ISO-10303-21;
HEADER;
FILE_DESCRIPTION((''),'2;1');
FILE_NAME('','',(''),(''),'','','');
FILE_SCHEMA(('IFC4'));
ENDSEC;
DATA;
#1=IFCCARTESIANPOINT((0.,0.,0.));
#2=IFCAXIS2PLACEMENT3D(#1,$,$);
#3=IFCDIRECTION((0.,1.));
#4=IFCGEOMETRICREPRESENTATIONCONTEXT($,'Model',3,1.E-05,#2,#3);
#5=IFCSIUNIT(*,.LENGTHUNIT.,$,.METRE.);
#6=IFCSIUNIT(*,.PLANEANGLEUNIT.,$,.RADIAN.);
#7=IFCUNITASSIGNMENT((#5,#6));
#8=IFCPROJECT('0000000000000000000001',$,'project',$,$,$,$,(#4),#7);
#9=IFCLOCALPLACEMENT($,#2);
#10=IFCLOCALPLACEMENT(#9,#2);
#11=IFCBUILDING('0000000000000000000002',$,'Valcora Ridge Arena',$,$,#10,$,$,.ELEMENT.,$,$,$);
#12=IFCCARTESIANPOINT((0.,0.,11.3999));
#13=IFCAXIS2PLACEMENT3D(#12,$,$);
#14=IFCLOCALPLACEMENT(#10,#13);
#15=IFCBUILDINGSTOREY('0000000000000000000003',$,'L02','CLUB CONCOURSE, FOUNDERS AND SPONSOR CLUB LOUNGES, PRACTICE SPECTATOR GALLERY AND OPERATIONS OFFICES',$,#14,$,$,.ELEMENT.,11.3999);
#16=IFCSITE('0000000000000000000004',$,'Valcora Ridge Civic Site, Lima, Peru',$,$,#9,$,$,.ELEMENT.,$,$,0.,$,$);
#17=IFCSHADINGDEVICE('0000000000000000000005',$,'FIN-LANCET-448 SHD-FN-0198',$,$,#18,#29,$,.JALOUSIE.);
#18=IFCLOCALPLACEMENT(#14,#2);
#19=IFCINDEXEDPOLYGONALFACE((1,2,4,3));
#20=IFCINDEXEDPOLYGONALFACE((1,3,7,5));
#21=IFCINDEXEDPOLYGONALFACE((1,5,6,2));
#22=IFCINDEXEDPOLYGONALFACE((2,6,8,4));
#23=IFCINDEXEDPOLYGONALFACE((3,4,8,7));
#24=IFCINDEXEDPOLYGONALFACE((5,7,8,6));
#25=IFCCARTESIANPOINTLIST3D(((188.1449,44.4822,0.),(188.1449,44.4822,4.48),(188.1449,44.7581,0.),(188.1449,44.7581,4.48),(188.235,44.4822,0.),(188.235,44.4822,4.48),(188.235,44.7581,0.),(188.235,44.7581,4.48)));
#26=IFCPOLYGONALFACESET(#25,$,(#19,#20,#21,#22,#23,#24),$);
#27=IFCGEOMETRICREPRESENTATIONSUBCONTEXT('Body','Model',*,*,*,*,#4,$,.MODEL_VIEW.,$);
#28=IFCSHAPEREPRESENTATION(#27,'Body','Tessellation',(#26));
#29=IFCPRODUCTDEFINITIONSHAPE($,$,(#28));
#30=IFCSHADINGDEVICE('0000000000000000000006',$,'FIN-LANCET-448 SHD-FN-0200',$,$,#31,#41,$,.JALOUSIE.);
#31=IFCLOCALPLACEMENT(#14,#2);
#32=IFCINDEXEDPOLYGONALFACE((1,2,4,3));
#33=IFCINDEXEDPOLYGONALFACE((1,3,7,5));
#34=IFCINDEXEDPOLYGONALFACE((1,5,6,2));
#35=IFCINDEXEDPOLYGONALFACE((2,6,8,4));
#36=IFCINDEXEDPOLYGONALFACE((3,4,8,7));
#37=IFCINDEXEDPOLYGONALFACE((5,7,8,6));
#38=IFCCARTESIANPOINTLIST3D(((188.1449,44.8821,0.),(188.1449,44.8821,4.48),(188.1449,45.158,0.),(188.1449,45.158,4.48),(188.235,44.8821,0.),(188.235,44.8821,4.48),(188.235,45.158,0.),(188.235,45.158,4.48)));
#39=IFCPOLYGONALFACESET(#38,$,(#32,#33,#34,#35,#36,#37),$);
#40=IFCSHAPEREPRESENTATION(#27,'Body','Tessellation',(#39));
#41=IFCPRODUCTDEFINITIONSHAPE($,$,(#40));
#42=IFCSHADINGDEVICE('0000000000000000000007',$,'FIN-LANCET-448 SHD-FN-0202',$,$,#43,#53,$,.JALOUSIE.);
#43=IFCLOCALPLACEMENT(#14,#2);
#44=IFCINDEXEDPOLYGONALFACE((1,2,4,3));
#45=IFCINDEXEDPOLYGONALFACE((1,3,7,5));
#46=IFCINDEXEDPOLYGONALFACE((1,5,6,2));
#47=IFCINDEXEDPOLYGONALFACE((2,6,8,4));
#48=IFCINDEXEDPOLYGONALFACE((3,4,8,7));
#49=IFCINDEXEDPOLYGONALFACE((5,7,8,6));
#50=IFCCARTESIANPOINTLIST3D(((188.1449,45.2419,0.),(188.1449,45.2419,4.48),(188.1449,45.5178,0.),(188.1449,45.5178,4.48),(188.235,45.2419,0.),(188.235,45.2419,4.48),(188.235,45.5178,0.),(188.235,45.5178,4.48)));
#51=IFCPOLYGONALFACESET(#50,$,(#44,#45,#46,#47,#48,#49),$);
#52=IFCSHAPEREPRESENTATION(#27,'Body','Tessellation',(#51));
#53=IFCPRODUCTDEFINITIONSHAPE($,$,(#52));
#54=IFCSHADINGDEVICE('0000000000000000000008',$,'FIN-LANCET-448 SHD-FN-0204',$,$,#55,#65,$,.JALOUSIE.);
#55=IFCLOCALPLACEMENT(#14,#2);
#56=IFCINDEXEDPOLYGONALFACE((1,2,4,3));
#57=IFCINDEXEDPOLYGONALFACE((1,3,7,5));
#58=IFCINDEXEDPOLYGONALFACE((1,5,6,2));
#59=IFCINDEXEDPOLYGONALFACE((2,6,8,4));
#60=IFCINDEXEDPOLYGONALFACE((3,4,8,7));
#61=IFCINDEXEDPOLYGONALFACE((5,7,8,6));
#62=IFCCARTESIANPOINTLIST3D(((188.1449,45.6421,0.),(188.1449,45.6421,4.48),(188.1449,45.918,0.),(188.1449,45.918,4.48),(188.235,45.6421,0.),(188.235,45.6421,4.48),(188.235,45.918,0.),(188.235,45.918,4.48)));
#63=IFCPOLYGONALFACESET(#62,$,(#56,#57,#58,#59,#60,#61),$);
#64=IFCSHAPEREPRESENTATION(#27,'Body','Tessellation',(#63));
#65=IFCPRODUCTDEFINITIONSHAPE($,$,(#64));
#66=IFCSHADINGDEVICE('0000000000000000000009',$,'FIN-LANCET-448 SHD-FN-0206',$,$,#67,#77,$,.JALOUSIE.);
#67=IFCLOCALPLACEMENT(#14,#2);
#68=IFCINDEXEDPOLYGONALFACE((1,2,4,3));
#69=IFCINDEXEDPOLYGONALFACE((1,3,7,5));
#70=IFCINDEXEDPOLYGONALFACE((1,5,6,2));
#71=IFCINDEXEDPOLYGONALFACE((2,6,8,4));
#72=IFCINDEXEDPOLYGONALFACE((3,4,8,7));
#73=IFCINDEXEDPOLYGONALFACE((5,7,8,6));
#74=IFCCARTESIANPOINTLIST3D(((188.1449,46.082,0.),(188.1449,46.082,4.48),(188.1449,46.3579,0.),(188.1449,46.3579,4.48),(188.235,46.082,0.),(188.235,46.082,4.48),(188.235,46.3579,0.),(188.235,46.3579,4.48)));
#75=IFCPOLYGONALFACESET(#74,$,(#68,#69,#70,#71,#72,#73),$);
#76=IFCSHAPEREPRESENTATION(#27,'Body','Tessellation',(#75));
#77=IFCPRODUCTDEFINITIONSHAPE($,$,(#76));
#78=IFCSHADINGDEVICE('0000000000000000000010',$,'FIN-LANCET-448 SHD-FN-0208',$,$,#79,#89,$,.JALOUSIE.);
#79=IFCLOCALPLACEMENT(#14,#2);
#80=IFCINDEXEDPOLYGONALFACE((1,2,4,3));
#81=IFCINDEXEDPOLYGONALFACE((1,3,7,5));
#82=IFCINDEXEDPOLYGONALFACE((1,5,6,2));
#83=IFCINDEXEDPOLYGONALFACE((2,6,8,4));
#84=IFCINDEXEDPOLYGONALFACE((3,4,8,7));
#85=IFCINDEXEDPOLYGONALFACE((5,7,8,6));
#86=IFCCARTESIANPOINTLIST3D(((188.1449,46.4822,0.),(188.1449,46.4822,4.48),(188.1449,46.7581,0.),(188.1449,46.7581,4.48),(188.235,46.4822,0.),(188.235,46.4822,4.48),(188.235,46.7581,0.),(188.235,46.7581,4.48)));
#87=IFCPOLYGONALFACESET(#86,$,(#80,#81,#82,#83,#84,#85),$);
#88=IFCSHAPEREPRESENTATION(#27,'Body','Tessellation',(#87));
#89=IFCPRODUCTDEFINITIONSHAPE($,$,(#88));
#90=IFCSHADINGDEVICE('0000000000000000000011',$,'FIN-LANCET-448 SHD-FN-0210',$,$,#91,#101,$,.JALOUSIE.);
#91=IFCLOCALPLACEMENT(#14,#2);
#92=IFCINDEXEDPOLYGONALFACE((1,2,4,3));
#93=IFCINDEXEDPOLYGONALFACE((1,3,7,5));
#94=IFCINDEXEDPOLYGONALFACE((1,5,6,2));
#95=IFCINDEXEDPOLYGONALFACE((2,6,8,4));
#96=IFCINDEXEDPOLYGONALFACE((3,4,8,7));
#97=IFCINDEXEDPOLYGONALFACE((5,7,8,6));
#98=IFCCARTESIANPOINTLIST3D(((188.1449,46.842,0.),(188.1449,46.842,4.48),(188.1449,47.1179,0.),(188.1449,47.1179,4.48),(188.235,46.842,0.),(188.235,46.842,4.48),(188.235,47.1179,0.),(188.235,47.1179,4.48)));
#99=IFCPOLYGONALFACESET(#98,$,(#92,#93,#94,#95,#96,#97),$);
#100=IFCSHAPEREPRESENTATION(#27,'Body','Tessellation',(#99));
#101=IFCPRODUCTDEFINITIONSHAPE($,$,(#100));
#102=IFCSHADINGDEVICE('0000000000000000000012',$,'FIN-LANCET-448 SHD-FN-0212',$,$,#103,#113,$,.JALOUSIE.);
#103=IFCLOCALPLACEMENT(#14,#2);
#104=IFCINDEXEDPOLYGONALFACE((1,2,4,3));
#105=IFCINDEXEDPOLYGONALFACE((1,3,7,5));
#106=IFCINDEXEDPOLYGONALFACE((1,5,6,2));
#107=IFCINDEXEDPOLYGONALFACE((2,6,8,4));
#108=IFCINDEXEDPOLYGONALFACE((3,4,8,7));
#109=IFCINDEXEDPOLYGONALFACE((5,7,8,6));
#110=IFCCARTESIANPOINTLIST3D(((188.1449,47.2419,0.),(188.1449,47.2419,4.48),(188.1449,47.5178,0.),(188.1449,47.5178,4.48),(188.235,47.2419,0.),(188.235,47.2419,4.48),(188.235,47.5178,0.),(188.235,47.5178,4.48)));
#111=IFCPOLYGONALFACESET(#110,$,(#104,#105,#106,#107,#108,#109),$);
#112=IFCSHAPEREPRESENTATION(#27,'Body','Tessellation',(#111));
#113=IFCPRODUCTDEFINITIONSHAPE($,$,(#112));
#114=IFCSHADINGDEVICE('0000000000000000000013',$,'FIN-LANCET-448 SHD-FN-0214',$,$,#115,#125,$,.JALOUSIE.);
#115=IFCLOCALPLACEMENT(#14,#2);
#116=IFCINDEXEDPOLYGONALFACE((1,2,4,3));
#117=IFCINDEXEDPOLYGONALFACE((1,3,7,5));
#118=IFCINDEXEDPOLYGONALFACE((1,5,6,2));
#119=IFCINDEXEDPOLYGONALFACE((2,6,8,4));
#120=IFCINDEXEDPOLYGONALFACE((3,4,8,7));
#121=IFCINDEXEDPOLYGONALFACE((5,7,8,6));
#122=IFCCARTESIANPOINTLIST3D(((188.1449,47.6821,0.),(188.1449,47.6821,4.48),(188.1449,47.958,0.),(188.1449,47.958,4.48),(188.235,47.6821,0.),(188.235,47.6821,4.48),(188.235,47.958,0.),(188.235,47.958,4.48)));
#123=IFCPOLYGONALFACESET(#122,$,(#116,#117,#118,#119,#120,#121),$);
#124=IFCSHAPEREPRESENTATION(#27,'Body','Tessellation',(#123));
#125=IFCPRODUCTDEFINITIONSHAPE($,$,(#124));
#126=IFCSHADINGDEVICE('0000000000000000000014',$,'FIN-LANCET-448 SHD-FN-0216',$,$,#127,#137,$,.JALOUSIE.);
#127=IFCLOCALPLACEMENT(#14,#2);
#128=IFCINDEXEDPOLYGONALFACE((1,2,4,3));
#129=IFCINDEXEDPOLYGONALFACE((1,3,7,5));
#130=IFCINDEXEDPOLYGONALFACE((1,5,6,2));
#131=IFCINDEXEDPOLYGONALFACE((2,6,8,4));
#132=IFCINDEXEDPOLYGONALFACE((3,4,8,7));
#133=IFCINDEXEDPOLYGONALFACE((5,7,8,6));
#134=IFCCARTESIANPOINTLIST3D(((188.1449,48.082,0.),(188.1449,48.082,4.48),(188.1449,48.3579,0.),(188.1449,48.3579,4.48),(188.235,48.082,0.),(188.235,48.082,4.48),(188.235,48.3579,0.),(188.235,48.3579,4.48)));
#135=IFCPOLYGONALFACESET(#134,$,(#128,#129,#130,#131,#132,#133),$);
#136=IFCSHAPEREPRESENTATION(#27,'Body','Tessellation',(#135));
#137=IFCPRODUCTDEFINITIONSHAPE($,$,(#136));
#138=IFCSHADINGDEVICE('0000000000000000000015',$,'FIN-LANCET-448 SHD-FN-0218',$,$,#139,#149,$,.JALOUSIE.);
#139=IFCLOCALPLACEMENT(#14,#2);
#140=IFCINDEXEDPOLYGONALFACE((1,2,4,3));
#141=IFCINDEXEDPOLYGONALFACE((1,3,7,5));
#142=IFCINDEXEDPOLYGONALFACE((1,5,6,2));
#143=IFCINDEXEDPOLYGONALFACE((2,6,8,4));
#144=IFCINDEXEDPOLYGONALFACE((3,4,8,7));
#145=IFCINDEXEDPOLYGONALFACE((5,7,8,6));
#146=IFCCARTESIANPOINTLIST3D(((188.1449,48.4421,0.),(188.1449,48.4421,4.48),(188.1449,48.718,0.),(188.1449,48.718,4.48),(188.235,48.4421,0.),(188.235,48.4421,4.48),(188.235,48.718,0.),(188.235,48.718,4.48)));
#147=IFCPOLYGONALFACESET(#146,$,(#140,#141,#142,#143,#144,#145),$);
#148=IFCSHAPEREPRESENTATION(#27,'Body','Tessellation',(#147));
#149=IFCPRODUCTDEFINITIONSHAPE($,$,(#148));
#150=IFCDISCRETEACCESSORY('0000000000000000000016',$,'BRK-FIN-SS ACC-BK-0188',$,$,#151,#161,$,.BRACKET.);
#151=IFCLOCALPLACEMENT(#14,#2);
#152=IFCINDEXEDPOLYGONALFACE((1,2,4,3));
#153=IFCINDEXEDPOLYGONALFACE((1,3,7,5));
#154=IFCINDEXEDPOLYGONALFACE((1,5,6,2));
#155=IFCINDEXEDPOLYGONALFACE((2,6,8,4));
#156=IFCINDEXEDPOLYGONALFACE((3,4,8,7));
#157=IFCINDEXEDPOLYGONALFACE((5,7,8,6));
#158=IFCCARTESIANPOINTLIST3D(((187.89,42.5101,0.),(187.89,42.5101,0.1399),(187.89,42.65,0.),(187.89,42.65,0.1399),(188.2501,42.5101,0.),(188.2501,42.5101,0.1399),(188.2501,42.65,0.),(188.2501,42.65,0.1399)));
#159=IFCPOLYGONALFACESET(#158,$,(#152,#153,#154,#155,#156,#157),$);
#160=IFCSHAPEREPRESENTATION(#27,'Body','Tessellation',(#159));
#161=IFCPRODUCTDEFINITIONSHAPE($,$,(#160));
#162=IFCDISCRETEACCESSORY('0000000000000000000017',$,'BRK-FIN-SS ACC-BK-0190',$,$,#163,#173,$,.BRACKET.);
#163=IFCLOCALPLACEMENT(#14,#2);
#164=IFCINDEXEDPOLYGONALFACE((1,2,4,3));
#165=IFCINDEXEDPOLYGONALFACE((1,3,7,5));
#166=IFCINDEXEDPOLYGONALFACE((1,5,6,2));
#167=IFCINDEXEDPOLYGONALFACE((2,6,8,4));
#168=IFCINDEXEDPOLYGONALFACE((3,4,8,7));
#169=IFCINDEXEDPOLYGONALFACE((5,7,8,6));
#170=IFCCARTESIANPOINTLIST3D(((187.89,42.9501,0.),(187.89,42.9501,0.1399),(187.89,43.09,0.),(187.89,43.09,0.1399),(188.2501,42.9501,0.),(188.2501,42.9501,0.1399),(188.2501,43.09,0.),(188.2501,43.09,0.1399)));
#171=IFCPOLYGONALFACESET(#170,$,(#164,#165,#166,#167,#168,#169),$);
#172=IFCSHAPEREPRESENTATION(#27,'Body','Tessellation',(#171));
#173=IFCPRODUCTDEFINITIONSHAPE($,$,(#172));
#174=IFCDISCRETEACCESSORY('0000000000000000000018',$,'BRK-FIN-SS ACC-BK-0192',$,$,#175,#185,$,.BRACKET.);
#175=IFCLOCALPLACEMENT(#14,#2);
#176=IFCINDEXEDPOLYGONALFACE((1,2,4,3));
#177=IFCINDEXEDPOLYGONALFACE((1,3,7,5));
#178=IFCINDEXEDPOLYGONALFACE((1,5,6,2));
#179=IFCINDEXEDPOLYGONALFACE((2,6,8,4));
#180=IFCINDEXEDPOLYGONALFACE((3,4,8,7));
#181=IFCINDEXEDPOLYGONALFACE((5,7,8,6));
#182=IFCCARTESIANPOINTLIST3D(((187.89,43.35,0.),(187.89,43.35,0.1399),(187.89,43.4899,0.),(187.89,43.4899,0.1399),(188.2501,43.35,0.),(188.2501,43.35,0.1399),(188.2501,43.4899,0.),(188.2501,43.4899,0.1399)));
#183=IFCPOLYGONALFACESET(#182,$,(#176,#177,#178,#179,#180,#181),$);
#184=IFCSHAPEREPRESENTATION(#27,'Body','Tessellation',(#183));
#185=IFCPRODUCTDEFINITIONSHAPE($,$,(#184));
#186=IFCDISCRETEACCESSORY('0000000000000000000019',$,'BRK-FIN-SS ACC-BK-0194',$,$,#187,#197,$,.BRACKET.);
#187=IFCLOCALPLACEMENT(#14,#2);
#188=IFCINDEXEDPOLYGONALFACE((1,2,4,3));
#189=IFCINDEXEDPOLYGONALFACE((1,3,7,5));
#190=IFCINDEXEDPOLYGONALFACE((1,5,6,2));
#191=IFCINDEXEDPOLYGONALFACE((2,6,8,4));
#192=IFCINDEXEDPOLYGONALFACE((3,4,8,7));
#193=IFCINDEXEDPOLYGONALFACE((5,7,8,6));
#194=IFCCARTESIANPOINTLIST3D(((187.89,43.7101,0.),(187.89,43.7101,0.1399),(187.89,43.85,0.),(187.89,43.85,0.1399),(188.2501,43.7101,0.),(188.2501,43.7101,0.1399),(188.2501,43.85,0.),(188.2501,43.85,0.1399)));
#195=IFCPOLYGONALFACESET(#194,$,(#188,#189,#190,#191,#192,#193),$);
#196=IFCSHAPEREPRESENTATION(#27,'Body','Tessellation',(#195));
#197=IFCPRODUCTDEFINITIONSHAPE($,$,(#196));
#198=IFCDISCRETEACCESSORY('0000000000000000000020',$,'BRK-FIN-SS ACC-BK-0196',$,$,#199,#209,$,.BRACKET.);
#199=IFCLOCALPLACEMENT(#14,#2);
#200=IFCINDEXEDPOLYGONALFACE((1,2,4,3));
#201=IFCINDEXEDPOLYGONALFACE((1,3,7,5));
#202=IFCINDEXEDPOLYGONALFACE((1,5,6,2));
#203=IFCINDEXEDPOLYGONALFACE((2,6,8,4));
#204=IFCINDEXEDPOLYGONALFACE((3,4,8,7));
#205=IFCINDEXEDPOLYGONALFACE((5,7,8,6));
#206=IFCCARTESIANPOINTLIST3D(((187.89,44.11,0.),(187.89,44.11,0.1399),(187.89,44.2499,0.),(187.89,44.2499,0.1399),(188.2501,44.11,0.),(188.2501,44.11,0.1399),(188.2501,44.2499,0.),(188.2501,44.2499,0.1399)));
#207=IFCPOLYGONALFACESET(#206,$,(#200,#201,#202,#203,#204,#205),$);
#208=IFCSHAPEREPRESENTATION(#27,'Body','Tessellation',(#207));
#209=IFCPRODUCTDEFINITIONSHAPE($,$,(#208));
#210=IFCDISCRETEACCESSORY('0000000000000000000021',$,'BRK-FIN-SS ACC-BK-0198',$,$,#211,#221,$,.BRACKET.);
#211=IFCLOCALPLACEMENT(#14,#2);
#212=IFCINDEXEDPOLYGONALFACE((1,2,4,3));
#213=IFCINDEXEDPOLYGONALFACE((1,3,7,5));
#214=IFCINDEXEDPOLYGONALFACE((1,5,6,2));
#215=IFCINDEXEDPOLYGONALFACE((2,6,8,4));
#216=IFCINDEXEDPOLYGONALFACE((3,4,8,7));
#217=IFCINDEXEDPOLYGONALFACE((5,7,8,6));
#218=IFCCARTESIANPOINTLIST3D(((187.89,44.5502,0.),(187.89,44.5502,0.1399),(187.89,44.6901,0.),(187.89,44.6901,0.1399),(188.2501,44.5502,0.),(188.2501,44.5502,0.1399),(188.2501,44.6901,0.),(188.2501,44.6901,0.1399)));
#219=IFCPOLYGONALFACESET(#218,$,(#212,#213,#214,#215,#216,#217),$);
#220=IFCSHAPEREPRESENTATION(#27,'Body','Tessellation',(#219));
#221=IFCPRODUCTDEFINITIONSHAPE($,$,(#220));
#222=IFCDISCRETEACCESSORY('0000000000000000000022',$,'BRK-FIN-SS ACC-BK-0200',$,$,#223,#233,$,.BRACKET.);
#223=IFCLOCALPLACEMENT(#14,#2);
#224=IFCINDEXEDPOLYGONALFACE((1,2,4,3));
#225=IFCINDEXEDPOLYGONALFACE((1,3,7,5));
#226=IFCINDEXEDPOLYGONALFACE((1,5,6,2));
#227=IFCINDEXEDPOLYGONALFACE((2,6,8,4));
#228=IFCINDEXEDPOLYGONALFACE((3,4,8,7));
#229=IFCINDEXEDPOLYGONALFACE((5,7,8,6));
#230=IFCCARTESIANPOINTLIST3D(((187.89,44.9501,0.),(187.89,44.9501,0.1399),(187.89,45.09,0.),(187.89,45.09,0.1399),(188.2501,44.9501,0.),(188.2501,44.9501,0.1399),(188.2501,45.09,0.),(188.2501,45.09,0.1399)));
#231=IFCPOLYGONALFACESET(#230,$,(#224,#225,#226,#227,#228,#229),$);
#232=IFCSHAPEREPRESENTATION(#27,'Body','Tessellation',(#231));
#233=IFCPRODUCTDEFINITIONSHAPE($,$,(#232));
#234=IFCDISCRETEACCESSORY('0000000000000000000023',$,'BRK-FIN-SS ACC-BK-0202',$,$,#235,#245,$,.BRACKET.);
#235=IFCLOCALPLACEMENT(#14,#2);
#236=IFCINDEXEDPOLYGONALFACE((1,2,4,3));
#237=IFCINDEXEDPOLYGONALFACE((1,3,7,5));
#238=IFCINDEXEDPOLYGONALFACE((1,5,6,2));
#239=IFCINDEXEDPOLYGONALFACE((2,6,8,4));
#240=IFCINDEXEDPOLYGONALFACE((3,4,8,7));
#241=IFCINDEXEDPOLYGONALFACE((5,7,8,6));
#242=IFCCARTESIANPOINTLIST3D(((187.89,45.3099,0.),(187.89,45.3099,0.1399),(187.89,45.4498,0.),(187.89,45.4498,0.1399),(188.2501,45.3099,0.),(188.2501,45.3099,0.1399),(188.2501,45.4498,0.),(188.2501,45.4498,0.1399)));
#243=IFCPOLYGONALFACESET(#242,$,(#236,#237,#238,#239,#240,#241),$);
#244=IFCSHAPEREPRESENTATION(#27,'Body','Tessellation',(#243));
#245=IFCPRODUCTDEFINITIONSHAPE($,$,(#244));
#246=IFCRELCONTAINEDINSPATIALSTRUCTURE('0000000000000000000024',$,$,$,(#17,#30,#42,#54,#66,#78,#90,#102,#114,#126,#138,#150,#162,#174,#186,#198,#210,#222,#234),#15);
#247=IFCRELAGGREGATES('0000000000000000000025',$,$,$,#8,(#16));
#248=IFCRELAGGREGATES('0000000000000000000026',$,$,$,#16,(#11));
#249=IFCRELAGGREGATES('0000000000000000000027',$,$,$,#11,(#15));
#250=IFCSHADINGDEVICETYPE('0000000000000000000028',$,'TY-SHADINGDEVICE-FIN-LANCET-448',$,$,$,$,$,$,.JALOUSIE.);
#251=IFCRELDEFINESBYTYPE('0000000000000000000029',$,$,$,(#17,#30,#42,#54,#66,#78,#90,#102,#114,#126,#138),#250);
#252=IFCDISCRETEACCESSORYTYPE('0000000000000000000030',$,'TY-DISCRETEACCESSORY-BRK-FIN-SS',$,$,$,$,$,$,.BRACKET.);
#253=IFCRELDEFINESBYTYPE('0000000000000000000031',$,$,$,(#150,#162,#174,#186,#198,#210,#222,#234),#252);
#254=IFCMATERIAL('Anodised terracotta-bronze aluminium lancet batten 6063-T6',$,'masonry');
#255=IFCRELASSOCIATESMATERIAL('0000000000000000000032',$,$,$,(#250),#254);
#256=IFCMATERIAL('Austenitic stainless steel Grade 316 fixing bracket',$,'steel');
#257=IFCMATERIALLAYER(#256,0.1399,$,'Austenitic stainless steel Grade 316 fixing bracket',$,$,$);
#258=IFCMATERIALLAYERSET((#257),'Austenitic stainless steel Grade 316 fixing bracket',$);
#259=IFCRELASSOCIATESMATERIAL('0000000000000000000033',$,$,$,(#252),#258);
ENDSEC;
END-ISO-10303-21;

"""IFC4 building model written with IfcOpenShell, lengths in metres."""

from ifc_helpers import new_model, si_unit, direction, frame, origin, origin_2d, place, context, subcontext, project, spatial, rectangle, extrude, material, layer, layer_set, material_profile, profile_set, type_object, element, save


model = new_model("IFC4")

# Units and contexts
model_context = context("Model", 3, precision=1e-05, world=origin(), true_north=direction((0.0, 1.0)))
body_context = subcontext(model_context, "Body", "Model", "MODEL_VIEW")
ifc_project = project(units=[si_unit("LENGTHUNIT", "METRE"), si_unit("PLANEANGLEUNIT", "RADIAN")], contexts=[model_context])

# Site, building, storey
site_placement = place(None, origin())
site = spatial("IfcSite", under=ifc_project, at=site_placement, Name="Valcora Ridge Civic Site, Lima, Peru", CompositionType="ELEMENT", RefElevation=0.0)
building_placement = place(site_placement, origin())
building = spatial("IfcBuilding", under=site, at=building_placement, Name="Valcora Ridge Arena", CompositionType="ELEMENT")
storey_placement = place(building_placement, frame((0.0, 0.0, 11.3999)))
storey = spatial("IfcBuildingStorey", under=building, at=storey_placement, Name="L02", Description="CLUB CONCOURSE, FOUNDERS AND SPONSOR CLUB LOUNGES, PRACTICE SPECTATOR GALLERY AND OPERATIONS OFFICES", CompositionType="ELEMENT", Elevation=11.3999)

# Shared definitions
ifc_material_1 = material(Name="Anodised terracotta-bronze aluminium lancet batten 6063-T6", Category="masonry")

# Shading devices
ifc_material_profile_1 = material_profile(ifc_material_1, rectangle(XDim=0.0901, YDim=0.2759, at=origin_2d()), Name="ALU LANCET BATTEN 90x276")
ifc_profile_set_1 = profile_set([ifc_material_profile_1], Name="Anodised terracotta-bronze aluminium lancet batten 6063-T6")
shading_device_type = type_object("IfcShadingDeviceType", Name="TY-SHADINGDEVICE-FIN-LANCET-448", PredefinedType="JALOUSIE", material=ifc_profile_set_1)
for number, where, z_axis, x_axis, name in (
    (1, (188.1899, 44.6201, 0.0), (0.0, 0.0, 1.0), (1.0, 0.0, 0.0), "FIN-LANCET-448 SHD-FN-0198"),
    (2, (188.1899, 45.02, 0.0), (0.0, 0.0, 1.0), (1.0, 0.0, 0.0), "FIN-LANCET-448 SHD-FN-0200"),
    (3, (188.1899, 45.3799, 0.0), (0.0, 0.0, 1.0), (1.0, 0.0, 0.0), "FIN-LANCET-448 SHD-FN-0202"),
    (4, (188.1899, 45.78, 0.0), (0.0, 0.0, 1.0), (1.0, 0.0, 0.0), "FIN-LANCET-448 SHD-FN-0204"),
    (5, (188.1899, 46.22, 0.0), (0.0, 0.0, 1.0), (1.0, 0.0, 0.0), "FIN-LANCET-448 SHD-FN-0206"),
    (6, (188.1899, 46.6201, 0.0), (0.0, 0.0, 1.0), (1.0, 0.0, 0.0), "FIN-LANCET-448 SHD-FN-0208"),
    (7, (188.1899, 46.98, 0.0), (0.0, 0.0, 1.0), (1.0, 0.0, 0.0), "FIN-LANCET-448 SHD-FN-0210"),
    (8, (188.1899, 47.3799, 0.0), (0.0, 0.0, 1.0), (1.0, 0.0, 0.0), "FIN-LANCET-448 SHD-FN-0212"),
    (9, (188.1899, 47.8201, 0.0), (0.0, 0.0, 1.0), (1.0, 0.0, 0.0), "FIN-LANCET-448 SHD-FN-0214"),
    (10, (188.1899, 48.22, 0.0), (0.0, 0.0, 1.0), (1.0, 0.0, 0.0), "FIN-LANCET-448 SHD-FN-0216"),
    (11, (188.1899, 48.5801, 0.0), (0.0, 0.0, 1.0), (1.0, 0.0, 0.0), "FIN-LANCET-448 SHD-FN-0218"),
):
    element("IfcShadingDevice", number, at=place(storey_placement, frame(where, z_axis=z_axis, x_axis=x_axis)), inside=storey, type_object=shading_device_type, Name=name, PredefinedType="JALOUSIE", context=body_context, shape_type="SweptSolid", body=[
        extrude(rectangle(XDim=0.0901, YDim=0.2759, at=origin_2d()), origin(), (0.0, 0.0, 1.0), 4.48),
    ])

# Discrete accessories
ifc_material_2 = material(Name="Austenitic stainless steel Grade 316 fixing bracket", Category="steel")
ifc_layer_1 = layer(ifc_material_2, 0.1399, Name="Austenitic stainless steel Grade 316 fixing bracket")
ifc_layer_set_1 = layer_set([ifc_layer_1], Name="Austenitic stainless steel Grade 316 fixing bracket")
discrete_accessory_type = type_object("IfcDiscreteAccessoryType", Name="TY-DISCRETEACCESSORY-BRK-FIN-SS", PredefinedType="BRACKET", material=ifc_layer_set_1)
for number, where, z_axis, x_axis, name in (
    (12, (188.0701, 42.5801, 0.0), (0.0, 0.0, 1.0), (1.0, 0.0, 0.0), "BRK-FIN-SS ACC-BK-0188"),
    (13, (188.0701, 43.02, 0.0), (0.0, 0.0, 1.0), (1.0, 0.0, 0.0), "BRK-FIN-SS ACC-BK-0190"),
    (14, (188.0701, 43.4199, 0.0), (0.0, 0.0, 1.0), (1.0, 0.0, 0.0), "BRK-FIN-SS ACC-BK-0192"),
    (15, (188.0701, 43.78, 0.0), (0.0, 0.0, 1.0), (1.0, 0.0, 0.0), "BRK-FIN-SS ACC-BK-0194"),
    (16, (188.0701, 44.1799, 0.0), (0.0, 0.0, 1.0), (1.0, 0.0, 0.0), "BRK-FIN-SS ACC-BK-0196"),
    (17, (188.0701, 44.6201, 0.0), (0.0, 0.0, 1.0), (1.0, 0.0, 0.0), "BRK-FIN-SS ACC-BK-0198"),
    (18, (188.0701, 45.02, 0.0), (0.0, 0.0, 1.0), (1.0, 0.0, 0.0), "BRK-FIN-SS ACC-BK-0200"),
    (19, (188.0701, 45.3799, 0.0), (0.0, 0.0, 1.0), (1.0, 0.0, 0.0), "BRK-FIN-SS ACC-BK-0202"),
):
    element("IfcDiscreteAccessory", number, at=place(storey_placement, frame(where, z_axis=z_axis, x_axis=x_axis)), inside=storey, type_object=discrete_accessory_type, Name=name, PredefinedType="BRACKET", context=body_context, shape_type="SweptSolid", body=[
        extrude(rectangle(XDim=0.3601, YDim=0.1399, at=origin_2d()), origin(), (0.0, 0.0, 1.0), 0.1399),
    ])

save(model, "model.ifc")
